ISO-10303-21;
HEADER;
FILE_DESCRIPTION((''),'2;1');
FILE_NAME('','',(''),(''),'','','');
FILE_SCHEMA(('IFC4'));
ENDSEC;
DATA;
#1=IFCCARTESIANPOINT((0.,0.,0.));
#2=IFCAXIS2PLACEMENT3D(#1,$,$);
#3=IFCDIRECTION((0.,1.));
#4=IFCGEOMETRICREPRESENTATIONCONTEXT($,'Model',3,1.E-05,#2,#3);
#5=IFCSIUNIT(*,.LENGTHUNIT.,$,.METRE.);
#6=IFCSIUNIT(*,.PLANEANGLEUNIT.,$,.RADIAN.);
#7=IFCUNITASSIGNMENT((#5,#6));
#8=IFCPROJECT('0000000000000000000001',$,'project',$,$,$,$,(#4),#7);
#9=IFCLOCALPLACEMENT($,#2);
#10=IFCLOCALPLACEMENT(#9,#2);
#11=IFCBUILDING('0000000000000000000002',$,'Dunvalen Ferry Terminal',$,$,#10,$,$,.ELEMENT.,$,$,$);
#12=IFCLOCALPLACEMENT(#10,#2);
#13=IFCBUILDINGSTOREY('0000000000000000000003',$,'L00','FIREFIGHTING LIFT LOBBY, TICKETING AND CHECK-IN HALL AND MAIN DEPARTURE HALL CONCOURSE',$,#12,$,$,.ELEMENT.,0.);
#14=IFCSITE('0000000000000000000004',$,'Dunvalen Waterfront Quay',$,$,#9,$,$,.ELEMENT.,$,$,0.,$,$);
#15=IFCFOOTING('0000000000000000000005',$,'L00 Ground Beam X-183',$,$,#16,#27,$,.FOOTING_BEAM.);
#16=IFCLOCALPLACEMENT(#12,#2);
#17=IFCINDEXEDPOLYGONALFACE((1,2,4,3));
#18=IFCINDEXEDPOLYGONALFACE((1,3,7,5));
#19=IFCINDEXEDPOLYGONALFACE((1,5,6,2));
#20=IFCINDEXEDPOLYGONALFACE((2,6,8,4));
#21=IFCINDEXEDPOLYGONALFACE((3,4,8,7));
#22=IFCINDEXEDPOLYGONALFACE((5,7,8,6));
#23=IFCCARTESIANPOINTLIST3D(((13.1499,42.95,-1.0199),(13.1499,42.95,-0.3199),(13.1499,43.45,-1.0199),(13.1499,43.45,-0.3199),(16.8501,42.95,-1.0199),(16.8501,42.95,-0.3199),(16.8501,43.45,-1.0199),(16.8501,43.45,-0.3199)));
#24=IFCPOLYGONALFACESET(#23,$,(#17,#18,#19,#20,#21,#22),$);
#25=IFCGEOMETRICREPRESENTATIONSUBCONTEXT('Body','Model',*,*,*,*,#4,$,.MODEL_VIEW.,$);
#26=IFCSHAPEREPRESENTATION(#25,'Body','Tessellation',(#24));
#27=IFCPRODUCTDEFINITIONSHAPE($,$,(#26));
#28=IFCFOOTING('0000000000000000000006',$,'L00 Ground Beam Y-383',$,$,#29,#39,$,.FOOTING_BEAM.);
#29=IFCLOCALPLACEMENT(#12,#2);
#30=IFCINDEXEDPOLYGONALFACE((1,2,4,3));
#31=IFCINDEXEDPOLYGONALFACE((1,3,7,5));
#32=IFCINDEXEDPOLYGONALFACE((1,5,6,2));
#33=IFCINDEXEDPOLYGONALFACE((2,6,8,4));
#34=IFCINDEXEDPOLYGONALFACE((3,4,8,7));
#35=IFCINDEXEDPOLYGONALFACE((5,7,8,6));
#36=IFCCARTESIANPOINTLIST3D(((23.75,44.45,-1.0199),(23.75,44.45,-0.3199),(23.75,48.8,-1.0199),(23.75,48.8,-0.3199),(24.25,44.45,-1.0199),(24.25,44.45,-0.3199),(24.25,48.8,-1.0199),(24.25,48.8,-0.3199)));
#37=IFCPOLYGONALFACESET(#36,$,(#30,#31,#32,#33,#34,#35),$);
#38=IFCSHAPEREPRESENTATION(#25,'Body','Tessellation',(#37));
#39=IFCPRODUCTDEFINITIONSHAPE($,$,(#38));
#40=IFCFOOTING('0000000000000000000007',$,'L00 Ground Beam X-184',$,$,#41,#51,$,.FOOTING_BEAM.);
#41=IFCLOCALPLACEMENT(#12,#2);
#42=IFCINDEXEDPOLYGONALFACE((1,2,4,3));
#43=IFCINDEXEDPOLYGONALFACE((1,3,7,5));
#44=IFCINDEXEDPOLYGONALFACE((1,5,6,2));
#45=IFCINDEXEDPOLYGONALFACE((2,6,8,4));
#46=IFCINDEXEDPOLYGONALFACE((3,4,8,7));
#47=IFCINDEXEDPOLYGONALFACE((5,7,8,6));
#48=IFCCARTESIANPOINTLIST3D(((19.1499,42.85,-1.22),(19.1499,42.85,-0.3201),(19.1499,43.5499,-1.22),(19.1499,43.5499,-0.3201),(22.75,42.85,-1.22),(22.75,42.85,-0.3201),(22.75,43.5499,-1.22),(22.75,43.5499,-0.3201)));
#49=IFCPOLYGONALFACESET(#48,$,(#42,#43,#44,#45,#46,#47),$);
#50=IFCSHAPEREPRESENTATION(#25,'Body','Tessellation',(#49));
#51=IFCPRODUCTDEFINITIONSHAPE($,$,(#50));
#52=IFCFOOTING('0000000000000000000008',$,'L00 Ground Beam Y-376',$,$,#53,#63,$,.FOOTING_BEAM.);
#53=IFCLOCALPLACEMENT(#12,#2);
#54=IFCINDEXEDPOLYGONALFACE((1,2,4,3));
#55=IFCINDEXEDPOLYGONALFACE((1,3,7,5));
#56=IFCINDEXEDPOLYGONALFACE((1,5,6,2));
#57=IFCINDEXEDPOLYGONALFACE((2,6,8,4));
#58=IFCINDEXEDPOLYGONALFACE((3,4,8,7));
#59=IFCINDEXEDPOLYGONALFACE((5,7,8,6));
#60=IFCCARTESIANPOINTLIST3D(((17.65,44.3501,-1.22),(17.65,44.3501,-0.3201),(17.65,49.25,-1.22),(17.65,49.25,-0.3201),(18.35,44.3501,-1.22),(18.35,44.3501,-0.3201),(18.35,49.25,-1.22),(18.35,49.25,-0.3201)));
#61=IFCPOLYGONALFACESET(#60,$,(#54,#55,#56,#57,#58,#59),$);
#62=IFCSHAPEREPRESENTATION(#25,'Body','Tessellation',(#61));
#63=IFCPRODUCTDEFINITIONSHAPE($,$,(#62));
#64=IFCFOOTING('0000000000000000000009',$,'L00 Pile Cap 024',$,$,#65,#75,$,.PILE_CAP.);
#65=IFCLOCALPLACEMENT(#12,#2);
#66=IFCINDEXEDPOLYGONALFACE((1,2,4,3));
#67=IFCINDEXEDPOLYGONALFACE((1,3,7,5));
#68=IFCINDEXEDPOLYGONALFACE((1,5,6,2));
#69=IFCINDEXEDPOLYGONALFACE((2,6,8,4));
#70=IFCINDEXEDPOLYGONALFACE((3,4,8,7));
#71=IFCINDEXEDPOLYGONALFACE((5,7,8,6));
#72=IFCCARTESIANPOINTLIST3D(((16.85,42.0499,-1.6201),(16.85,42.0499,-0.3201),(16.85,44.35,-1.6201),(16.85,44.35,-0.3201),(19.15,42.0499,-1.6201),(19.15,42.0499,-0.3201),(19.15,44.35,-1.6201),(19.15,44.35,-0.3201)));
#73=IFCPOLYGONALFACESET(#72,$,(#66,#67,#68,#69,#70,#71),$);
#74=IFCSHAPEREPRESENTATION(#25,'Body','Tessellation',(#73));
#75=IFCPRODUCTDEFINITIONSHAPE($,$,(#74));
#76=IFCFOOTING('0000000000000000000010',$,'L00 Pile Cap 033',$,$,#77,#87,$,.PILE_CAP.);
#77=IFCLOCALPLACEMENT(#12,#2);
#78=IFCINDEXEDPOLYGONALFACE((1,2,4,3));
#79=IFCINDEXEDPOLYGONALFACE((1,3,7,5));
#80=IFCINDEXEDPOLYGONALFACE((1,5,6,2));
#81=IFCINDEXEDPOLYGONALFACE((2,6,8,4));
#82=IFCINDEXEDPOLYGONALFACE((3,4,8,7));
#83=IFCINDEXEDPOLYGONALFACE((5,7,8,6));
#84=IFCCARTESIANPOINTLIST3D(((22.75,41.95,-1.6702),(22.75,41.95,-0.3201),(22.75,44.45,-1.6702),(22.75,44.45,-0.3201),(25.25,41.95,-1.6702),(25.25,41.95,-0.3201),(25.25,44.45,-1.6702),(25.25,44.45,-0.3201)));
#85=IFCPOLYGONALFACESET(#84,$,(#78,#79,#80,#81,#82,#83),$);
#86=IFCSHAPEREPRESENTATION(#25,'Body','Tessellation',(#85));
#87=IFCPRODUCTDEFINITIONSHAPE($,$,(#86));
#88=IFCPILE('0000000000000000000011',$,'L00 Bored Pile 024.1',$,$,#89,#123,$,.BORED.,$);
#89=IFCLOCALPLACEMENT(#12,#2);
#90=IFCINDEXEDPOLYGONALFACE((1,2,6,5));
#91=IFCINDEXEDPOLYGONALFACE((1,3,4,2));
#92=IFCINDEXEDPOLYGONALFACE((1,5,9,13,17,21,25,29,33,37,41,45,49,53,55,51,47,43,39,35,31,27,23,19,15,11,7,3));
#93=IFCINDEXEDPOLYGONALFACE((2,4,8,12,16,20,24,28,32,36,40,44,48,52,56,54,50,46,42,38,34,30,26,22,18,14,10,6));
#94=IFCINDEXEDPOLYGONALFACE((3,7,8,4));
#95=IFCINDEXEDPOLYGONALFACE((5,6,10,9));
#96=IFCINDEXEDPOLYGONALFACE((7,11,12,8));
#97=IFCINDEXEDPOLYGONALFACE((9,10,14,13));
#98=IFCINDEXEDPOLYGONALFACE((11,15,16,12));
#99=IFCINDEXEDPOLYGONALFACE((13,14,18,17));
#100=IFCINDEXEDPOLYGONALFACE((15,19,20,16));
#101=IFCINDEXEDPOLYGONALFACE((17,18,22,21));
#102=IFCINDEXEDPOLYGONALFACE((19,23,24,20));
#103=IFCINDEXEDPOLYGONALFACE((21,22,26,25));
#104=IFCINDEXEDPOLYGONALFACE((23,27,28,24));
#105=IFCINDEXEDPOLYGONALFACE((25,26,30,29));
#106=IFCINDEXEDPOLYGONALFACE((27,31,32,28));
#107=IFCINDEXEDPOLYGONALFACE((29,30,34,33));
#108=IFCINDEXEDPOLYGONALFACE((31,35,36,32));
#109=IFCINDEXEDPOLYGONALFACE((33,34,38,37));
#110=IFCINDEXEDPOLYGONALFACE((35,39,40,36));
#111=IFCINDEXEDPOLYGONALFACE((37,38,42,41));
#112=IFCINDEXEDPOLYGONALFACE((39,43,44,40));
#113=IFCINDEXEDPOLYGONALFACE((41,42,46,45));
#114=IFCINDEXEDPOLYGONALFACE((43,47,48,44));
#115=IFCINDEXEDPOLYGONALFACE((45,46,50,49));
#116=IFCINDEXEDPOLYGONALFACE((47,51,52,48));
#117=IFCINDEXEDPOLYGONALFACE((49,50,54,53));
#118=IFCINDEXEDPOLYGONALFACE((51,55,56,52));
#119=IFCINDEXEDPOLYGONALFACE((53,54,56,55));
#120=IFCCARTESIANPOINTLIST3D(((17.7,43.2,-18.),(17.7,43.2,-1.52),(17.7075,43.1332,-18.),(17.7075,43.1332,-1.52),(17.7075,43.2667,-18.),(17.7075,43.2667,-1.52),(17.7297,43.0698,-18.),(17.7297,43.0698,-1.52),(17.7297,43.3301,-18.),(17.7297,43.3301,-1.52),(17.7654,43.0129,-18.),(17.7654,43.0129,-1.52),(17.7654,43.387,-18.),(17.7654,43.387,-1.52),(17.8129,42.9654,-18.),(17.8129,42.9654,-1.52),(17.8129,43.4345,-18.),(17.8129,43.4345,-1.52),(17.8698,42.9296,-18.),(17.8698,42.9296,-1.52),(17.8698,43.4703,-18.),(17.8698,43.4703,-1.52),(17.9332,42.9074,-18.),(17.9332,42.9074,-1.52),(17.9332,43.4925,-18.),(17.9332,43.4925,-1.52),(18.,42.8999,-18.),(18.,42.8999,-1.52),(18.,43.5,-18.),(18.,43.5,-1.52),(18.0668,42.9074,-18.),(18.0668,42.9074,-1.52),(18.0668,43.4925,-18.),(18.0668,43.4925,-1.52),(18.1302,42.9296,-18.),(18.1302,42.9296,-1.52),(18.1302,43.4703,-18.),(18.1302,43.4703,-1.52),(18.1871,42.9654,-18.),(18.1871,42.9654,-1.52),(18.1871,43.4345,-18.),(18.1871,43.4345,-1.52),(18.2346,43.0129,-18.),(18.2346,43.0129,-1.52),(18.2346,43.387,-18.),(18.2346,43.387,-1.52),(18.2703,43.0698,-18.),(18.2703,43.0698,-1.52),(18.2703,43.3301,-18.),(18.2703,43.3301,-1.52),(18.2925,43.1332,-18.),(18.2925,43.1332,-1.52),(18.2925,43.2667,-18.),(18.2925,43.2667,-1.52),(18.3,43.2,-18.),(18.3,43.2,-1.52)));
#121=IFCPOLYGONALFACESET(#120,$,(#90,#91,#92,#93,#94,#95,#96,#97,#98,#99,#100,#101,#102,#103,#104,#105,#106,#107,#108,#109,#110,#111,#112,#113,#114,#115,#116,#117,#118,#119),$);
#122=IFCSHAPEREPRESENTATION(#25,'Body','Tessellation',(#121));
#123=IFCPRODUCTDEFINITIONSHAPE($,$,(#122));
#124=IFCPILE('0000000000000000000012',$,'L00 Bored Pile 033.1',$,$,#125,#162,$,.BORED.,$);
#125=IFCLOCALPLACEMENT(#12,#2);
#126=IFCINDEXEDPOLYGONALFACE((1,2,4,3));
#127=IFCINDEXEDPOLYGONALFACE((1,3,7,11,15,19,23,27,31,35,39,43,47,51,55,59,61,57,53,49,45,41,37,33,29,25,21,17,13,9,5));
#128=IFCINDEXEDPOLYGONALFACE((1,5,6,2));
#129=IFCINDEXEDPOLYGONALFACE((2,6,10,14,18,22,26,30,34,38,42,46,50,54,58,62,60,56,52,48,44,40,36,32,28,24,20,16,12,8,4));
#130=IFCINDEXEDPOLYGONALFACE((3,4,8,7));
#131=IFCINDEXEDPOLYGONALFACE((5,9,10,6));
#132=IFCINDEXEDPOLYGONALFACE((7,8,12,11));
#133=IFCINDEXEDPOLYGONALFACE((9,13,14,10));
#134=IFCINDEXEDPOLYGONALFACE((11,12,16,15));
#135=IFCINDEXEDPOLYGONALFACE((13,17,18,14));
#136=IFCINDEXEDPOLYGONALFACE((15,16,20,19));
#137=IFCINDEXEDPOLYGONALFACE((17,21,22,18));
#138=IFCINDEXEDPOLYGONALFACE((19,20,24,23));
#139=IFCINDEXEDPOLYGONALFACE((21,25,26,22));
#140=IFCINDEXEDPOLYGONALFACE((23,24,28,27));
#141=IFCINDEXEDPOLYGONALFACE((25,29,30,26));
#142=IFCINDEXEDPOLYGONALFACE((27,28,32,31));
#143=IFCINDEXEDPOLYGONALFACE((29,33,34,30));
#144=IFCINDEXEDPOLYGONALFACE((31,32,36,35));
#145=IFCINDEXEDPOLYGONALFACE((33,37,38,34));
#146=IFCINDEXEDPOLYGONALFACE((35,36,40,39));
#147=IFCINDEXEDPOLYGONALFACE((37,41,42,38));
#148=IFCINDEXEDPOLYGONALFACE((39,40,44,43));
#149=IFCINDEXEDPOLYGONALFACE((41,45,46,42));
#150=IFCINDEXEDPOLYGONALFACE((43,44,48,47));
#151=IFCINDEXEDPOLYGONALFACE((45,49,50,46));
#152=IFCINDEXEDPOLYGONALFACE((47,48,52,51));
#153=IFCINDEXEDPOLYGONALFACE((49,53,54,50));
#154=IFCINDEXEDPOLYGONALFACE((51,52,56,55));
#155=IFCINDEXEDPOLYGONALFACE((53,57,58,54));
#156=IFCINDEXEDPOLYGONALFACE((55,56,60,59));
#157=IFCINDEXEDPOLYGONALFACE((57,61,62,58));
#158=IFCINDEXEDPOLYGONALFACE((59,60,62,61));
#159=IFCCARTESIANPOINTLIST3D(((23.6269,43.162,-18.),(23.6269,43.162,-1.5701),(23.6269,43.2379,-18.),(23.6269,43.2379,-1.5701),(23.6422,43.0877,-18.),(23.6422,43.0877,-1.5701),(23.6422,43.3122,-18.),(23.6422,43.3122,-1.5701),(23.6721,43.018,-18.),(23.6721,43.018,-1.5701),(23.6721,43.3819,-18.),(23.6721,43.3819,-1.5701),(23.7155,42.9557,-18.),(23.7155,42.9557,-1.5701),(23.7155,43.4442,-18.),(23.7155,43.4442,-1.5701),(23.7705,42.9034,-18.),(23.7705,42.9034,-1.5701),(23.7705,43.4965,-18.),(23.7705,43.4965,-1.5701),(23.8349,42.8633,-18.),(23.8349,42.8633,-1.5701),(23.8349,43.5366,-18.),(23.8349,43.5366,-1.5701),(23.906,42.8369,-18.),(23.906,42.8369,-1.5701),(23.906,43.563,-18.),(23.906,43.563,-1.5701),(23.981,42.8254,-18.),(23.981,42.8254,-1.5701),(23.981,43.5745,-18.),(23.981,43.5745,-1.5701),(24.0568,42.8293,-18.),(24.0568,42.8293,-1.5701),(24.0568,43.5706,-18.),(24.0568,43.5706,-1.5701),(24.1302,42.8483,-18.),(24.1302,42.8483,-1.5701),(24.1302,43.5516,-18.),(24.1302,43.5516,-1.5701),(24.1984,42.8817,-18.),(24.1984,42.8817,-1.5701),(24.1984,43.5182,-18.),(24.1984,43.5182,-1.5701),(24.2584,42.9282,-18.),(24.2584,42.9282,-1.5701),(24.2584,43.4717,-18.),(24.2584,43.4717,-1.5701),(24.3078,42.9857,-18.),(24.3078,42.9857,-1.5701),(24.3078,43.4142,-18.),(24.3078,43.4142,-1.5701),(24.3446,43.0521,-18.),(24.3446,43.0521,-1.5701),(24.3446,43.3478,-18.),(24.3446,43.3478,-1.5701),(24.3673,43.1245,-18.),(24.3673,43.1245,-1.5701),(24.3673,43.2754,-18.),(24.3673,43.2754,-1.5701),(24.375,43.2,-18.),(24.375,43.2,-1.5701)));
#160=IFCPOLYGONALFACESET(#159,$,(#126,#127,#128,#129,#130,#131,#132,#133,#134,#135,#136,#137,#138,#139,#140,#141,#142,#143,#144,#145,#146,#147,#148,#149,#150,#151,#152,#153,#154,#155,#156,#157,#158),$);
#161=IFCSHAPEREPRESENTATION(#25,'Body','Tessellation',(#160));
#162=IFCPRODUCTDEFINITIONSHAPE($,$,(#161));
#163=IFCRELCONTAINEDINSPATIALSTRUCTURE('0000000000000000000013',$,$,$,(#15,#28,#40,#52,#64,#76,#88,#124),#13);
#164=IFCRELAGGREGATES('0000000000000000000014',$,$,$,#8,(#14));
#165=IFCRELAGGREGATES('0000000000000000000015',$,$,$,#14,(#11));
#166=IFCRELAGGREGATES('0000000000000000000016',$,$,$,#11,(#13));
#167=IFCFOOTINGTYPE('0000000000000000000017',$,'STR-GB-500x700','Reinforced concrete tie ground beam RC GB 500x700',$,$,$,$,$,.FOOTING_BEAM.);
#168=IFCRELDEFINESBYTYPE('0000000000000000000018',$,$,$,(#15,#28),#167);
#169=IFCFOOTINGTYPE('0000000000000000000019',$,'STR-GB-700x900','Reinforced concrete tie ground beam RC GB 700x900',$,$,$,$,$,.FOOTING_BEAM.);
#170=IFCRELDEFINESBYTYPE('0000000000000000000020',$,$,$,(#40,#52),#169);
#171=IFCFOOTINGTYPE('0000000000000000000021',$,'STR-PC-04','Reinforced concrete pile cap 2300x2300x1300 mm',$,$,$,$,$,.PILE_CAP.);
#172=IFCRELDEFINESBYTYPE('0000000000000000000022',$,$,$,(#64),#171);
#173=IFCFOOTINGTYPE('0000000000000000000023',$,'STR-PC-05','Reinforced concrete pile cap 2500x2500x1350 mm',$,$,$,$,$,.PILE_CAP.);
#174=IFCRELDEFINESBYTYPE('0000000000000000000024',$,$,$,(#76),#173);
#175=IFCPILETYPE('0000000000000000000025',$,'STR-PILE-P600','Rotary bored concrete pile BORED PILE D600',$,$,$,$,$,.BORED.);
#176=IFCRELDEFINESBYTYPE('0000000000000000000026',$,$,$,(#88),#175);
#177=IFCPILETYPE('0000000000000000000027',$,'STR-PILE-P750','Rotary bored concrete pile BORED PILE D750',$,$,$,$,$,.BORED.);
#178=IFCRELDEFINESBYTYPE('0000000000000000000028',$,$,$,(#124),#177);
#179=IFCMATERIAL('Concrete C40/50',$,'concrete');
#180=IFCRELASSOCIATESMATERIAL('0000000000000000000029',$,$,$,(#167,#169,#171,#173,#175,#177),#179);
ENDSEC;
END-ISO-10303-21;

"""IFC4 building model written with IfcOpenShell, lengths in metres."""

from ifc_helpers import new_model, si_unit, direction, frame, origin, origin_2d, place, context, subcontext, project, spatial, rectangle, circle, extrude, material, material_profile, profile_set, type_object, element, save


model = new_model("IFC4")

# Units and contexts
model_context = context("Model", 3, precision=1e-05, world=origin(), true_north=direction((0.0, 1.0)))
body_context = subcontext(model_context, "Body", "Model", "MODEL_VIEW")
ifc_project = project(units=[si_unit("LENGTHUNIT", "METRE"), si_unit("PLANEANGLEUNIT", "RADIAN")], contexts=[model_context])

# Site, building, storey
site_placement = place(None, origin())
site = spatial("IfcSite", under=ifc_project, at=site_placement, Name="Dunvalen Waterfront Quay", CompositionType="ELEMENT", RefElevation=0.0)
building_placement = place(site_placement, origin())
building = spatial("IfcBuilding", under=site, at=building_placement, Name="Dunvalen Ferry Terminal", CompositionType="ELEMENT")
storey_placement = place(building_placement, origin())
storey = spatial("IfcBuildingStorey", under=building, at=storey_placement, Name="L00", Description="FIREFIGHTING LIFT LOBBY, TICKETING AND CHECK-IN HALL AND MAIN DEPARTURE HALL CONCOURSE", CompositionType="ELEMENT", Elevation=0.0)

# Footings
ifc_material_1 = material(Name="Concrete C40/50", Category="concrete")
ifc_material_profile_1 = material_profile(ifc_material_1, rectangle(XDim=0.5, YDim=0.7, at=origin_2d()), Name="Concrete C40/50")
ifc_profile_set_1 = profile_set([ifc_material_profile_1], Name="Concrete C40/50")
footing_type_1 = type_object("IfcFootingType", Name="STR-GB-500x700", Description="Reinforced concrete tie ground beam RC GB 500x700", PredefinedType="FOOTING_BEAM", material=ifc_profile_set_1)
footing_1_placement = place(storey_placement, frame((13.1499, 43.2, -0.6699), z_axis=(1.0, 0.0, 0.0), x_axis=(0.0, 1.0, 0.0)))
element("IfcFooting", 1, at=footing_1_placement, inside=storey, type_object=footing_type_1, Name="L00 Ground Beam X-183", PredefinedType="FOOTING_BEAM", context=body_context, shape_type="SweptSolid", body=[
    extrude(rectangle(XDim=0.5, YDim=0.7, at=origin_2d()), origin(), (0.0, 0.0, 1.0), 3.7002),
])
footing_2_placement = place(storey_placement, frame((24.0, 44.45, -0.6699), z_axis=(0.0, 1.0, 0.0), x_axis=(-1.0, 0.0, 0.0)))
element("IfcFooting", 2, at=footing_2_placement, inside=storey, type_object=footing_type_1, Name="L00 Ground Beam Y-383", PredefinedType="FOOTING_BEAM", context=body_context, shape_type="SweptSolid", body=[
    extrude(rectangle(XDim=0.5, YDim=0.7, at=origin_2d()), origin(), (0.0, 0.0, 1.0), 4.3501),
])
ifc_material_profile_2 = material_profile(ifc_material_1, rectangle(XDim=0.7, YDim=0.8999, at=origin_2d()), Name="Concrete C40/50")
ifc_profile_set_2 = profile_set([ifc_material_profile_2], Name="Concrete C40/50")
footing_type_2 = type_object("IfcFootingType", Name="STR-GB-700x900", Description="Reinforced concrete tie ground beam RC GB 700x900", PredefinedType="FOOTING_BEAM", material=ifc_profile_set_2)
footing_3_placement = place(storey_placement, frame((19.1499, 43.2, -0.77), z_axis=(1.0, 0.0, 0.0), x_axis=(0.0, 1.0, 0.0)))
element("IfcFooting", 3, at=footing_3_placement, inside=storey, type_object=footing_type_2, Name="L00 Ground Beam X-184", PredefinedType="FOOTING_BEAM", context=body_context, shape_type="SweptSolid", body=[
    extrude(rectangle(XDim=0.7, YDim=0.8999, at=origin_2d()), origin(), (0.0, 0.0, 1.0), 3.6001),
])
footing_4_placement = place(storey_placement, frame((18.0, 44.3501, -0.77), z_axis=(0.0, 1.0, 0.0), x_axis=(-1.0, 0.0, 0.0)))
element("IfcFooting", 4, at=footing_4_placement, inside=storey, type_object=footing_type_2, Name="L00 Ground Beam Y-376", PredefinedType="FOOTING_BEAM", context=body_context, shape_type="SweptSolid", body=[
    extrude(rectangle(XDim=0.7, YDim=0.8999, at=origin_2d()), origin(), (0.0, 0.0, 1.0), 4.8999),
])
footing_type_3 = type_object("IfcFootingType", Name="STR-PC-04", Description="Reinforced concrete pile cap 2300x2300x1300 mm", PredefinedType="PILE_CAP", material=ifc_material_1)
footing_5_placement = place(storey_placement, frame((18.0, 43.2, -1.6201), z_axis=(0.0, 0.0, 1.0), x_axis=(1.0, 0.0, 0.0)))
element("IfcFooting", 5, at=footing_5_placement, inside=storey, type_object=footing_type_3, Name="L00 Pile Cap 024", PredefinedType="PILE_CAP", context=body_context, shape_type="SweptSolid", body=[
    extrude(rectangle(XDim=2.3, YDim=2.3, at=origin_2d()), origin(), (0.0, 0.0, 1.0), 1.3),
])
footing_type_4 = type_object("IfcFootingType", Name="STR-PC-05", Description="Reinforced concrete pile cap 2500x2500x1350 mm", PredefinedType="PILE_CAP", material=ifc_material_1)
footing_6_placement = place(storey_placement, frame((24.0, 43.2, -1.6702), z_axis=(0.0, 0.0, 1.0), x_axis=(1.0, 0.0, 0.0)))
element("IfcFooting", 6, at=footing_6_placement, inside=storey, type_object=footing_type_4, Name="L00 Pile Cap 033", PredefinedType="PILE_CAP", context=body_context, shape_type="SweptSolid", body=[
    extrude(rectangle(XDim=2.5, YDim=2.5, at=origin_2d()), origin(), (0.0, 0.0, 1.0), 1.3501),
])

# Piles
ifc_material_profile_3 = material_profile(ifc_material_1, circle(Radius=0.3, at=origin_2d()), Name="Concrete C40/50")
ifc_profile_set_3 = profile_set([ifc_material_profile_3], Name="Concrete C40/50")
pile_type_1 = type_object("IfcPileType", Name="STR-PILE-P600", Description="Rotary bored concrete pile BORED PILE D600", PredefinedType="BORED", material=ifc_profile_set_3)
pile_1_placement = place(storey_placement, frame((18.0, 43.2, -1.52), z_axis=(0.0, 0.0, -1.0), x_axis=(1.0, 0.0, 0.0)))
element("IfcPile", 7, at=pile_1_placement, inside=storey, type_object=pile_type_1, Name="L00 Bored Pile 024.1", PredefinedType="BORED", context=body_context, shape_type="SweptSolid", body=[
    extrude(circle(Radius=0.3, at=origin_2d()), origin(), (0.0, 0.0, 1.0), 16.48),
])
ifc_material_profile_4 = material_profile(ifc_material_1, circle(Radius=0.375, at=origin_2d()), Name="Concrete C40/50")
ifc_profile_set_4 = profile_set([ifc_material_profile_4], Name="Concrete C40/50")
pile_type_2 = type_object("IfcPileType", Name="STR-PILE-P750", Description="Rotary bored concrete pile BORED PILE D750", PredefinedType="BORED", material=ifc_profile_set_4)
pile_2_placement = place(storey_placement, frame((24.0, 43.2, -1.5701), z_axis=(0.0, 0.0, -1.0), x_axis=(1.0, 0.0, 0.0)))
element("IfcPile", 8, at=pile_2_placement, inside=storey, type_object=pile_type_2, Name="L00 Bored Pile 033.1", PredefinedType="BORED", context=body_context, shape_type="SweptSolid", body=[
    extrude(circle(Radius=0.375, at=origin_2d()), origin(), (0.0, 0.0, 1.0), 16.4299),
])

save(model, "model.ifc")
